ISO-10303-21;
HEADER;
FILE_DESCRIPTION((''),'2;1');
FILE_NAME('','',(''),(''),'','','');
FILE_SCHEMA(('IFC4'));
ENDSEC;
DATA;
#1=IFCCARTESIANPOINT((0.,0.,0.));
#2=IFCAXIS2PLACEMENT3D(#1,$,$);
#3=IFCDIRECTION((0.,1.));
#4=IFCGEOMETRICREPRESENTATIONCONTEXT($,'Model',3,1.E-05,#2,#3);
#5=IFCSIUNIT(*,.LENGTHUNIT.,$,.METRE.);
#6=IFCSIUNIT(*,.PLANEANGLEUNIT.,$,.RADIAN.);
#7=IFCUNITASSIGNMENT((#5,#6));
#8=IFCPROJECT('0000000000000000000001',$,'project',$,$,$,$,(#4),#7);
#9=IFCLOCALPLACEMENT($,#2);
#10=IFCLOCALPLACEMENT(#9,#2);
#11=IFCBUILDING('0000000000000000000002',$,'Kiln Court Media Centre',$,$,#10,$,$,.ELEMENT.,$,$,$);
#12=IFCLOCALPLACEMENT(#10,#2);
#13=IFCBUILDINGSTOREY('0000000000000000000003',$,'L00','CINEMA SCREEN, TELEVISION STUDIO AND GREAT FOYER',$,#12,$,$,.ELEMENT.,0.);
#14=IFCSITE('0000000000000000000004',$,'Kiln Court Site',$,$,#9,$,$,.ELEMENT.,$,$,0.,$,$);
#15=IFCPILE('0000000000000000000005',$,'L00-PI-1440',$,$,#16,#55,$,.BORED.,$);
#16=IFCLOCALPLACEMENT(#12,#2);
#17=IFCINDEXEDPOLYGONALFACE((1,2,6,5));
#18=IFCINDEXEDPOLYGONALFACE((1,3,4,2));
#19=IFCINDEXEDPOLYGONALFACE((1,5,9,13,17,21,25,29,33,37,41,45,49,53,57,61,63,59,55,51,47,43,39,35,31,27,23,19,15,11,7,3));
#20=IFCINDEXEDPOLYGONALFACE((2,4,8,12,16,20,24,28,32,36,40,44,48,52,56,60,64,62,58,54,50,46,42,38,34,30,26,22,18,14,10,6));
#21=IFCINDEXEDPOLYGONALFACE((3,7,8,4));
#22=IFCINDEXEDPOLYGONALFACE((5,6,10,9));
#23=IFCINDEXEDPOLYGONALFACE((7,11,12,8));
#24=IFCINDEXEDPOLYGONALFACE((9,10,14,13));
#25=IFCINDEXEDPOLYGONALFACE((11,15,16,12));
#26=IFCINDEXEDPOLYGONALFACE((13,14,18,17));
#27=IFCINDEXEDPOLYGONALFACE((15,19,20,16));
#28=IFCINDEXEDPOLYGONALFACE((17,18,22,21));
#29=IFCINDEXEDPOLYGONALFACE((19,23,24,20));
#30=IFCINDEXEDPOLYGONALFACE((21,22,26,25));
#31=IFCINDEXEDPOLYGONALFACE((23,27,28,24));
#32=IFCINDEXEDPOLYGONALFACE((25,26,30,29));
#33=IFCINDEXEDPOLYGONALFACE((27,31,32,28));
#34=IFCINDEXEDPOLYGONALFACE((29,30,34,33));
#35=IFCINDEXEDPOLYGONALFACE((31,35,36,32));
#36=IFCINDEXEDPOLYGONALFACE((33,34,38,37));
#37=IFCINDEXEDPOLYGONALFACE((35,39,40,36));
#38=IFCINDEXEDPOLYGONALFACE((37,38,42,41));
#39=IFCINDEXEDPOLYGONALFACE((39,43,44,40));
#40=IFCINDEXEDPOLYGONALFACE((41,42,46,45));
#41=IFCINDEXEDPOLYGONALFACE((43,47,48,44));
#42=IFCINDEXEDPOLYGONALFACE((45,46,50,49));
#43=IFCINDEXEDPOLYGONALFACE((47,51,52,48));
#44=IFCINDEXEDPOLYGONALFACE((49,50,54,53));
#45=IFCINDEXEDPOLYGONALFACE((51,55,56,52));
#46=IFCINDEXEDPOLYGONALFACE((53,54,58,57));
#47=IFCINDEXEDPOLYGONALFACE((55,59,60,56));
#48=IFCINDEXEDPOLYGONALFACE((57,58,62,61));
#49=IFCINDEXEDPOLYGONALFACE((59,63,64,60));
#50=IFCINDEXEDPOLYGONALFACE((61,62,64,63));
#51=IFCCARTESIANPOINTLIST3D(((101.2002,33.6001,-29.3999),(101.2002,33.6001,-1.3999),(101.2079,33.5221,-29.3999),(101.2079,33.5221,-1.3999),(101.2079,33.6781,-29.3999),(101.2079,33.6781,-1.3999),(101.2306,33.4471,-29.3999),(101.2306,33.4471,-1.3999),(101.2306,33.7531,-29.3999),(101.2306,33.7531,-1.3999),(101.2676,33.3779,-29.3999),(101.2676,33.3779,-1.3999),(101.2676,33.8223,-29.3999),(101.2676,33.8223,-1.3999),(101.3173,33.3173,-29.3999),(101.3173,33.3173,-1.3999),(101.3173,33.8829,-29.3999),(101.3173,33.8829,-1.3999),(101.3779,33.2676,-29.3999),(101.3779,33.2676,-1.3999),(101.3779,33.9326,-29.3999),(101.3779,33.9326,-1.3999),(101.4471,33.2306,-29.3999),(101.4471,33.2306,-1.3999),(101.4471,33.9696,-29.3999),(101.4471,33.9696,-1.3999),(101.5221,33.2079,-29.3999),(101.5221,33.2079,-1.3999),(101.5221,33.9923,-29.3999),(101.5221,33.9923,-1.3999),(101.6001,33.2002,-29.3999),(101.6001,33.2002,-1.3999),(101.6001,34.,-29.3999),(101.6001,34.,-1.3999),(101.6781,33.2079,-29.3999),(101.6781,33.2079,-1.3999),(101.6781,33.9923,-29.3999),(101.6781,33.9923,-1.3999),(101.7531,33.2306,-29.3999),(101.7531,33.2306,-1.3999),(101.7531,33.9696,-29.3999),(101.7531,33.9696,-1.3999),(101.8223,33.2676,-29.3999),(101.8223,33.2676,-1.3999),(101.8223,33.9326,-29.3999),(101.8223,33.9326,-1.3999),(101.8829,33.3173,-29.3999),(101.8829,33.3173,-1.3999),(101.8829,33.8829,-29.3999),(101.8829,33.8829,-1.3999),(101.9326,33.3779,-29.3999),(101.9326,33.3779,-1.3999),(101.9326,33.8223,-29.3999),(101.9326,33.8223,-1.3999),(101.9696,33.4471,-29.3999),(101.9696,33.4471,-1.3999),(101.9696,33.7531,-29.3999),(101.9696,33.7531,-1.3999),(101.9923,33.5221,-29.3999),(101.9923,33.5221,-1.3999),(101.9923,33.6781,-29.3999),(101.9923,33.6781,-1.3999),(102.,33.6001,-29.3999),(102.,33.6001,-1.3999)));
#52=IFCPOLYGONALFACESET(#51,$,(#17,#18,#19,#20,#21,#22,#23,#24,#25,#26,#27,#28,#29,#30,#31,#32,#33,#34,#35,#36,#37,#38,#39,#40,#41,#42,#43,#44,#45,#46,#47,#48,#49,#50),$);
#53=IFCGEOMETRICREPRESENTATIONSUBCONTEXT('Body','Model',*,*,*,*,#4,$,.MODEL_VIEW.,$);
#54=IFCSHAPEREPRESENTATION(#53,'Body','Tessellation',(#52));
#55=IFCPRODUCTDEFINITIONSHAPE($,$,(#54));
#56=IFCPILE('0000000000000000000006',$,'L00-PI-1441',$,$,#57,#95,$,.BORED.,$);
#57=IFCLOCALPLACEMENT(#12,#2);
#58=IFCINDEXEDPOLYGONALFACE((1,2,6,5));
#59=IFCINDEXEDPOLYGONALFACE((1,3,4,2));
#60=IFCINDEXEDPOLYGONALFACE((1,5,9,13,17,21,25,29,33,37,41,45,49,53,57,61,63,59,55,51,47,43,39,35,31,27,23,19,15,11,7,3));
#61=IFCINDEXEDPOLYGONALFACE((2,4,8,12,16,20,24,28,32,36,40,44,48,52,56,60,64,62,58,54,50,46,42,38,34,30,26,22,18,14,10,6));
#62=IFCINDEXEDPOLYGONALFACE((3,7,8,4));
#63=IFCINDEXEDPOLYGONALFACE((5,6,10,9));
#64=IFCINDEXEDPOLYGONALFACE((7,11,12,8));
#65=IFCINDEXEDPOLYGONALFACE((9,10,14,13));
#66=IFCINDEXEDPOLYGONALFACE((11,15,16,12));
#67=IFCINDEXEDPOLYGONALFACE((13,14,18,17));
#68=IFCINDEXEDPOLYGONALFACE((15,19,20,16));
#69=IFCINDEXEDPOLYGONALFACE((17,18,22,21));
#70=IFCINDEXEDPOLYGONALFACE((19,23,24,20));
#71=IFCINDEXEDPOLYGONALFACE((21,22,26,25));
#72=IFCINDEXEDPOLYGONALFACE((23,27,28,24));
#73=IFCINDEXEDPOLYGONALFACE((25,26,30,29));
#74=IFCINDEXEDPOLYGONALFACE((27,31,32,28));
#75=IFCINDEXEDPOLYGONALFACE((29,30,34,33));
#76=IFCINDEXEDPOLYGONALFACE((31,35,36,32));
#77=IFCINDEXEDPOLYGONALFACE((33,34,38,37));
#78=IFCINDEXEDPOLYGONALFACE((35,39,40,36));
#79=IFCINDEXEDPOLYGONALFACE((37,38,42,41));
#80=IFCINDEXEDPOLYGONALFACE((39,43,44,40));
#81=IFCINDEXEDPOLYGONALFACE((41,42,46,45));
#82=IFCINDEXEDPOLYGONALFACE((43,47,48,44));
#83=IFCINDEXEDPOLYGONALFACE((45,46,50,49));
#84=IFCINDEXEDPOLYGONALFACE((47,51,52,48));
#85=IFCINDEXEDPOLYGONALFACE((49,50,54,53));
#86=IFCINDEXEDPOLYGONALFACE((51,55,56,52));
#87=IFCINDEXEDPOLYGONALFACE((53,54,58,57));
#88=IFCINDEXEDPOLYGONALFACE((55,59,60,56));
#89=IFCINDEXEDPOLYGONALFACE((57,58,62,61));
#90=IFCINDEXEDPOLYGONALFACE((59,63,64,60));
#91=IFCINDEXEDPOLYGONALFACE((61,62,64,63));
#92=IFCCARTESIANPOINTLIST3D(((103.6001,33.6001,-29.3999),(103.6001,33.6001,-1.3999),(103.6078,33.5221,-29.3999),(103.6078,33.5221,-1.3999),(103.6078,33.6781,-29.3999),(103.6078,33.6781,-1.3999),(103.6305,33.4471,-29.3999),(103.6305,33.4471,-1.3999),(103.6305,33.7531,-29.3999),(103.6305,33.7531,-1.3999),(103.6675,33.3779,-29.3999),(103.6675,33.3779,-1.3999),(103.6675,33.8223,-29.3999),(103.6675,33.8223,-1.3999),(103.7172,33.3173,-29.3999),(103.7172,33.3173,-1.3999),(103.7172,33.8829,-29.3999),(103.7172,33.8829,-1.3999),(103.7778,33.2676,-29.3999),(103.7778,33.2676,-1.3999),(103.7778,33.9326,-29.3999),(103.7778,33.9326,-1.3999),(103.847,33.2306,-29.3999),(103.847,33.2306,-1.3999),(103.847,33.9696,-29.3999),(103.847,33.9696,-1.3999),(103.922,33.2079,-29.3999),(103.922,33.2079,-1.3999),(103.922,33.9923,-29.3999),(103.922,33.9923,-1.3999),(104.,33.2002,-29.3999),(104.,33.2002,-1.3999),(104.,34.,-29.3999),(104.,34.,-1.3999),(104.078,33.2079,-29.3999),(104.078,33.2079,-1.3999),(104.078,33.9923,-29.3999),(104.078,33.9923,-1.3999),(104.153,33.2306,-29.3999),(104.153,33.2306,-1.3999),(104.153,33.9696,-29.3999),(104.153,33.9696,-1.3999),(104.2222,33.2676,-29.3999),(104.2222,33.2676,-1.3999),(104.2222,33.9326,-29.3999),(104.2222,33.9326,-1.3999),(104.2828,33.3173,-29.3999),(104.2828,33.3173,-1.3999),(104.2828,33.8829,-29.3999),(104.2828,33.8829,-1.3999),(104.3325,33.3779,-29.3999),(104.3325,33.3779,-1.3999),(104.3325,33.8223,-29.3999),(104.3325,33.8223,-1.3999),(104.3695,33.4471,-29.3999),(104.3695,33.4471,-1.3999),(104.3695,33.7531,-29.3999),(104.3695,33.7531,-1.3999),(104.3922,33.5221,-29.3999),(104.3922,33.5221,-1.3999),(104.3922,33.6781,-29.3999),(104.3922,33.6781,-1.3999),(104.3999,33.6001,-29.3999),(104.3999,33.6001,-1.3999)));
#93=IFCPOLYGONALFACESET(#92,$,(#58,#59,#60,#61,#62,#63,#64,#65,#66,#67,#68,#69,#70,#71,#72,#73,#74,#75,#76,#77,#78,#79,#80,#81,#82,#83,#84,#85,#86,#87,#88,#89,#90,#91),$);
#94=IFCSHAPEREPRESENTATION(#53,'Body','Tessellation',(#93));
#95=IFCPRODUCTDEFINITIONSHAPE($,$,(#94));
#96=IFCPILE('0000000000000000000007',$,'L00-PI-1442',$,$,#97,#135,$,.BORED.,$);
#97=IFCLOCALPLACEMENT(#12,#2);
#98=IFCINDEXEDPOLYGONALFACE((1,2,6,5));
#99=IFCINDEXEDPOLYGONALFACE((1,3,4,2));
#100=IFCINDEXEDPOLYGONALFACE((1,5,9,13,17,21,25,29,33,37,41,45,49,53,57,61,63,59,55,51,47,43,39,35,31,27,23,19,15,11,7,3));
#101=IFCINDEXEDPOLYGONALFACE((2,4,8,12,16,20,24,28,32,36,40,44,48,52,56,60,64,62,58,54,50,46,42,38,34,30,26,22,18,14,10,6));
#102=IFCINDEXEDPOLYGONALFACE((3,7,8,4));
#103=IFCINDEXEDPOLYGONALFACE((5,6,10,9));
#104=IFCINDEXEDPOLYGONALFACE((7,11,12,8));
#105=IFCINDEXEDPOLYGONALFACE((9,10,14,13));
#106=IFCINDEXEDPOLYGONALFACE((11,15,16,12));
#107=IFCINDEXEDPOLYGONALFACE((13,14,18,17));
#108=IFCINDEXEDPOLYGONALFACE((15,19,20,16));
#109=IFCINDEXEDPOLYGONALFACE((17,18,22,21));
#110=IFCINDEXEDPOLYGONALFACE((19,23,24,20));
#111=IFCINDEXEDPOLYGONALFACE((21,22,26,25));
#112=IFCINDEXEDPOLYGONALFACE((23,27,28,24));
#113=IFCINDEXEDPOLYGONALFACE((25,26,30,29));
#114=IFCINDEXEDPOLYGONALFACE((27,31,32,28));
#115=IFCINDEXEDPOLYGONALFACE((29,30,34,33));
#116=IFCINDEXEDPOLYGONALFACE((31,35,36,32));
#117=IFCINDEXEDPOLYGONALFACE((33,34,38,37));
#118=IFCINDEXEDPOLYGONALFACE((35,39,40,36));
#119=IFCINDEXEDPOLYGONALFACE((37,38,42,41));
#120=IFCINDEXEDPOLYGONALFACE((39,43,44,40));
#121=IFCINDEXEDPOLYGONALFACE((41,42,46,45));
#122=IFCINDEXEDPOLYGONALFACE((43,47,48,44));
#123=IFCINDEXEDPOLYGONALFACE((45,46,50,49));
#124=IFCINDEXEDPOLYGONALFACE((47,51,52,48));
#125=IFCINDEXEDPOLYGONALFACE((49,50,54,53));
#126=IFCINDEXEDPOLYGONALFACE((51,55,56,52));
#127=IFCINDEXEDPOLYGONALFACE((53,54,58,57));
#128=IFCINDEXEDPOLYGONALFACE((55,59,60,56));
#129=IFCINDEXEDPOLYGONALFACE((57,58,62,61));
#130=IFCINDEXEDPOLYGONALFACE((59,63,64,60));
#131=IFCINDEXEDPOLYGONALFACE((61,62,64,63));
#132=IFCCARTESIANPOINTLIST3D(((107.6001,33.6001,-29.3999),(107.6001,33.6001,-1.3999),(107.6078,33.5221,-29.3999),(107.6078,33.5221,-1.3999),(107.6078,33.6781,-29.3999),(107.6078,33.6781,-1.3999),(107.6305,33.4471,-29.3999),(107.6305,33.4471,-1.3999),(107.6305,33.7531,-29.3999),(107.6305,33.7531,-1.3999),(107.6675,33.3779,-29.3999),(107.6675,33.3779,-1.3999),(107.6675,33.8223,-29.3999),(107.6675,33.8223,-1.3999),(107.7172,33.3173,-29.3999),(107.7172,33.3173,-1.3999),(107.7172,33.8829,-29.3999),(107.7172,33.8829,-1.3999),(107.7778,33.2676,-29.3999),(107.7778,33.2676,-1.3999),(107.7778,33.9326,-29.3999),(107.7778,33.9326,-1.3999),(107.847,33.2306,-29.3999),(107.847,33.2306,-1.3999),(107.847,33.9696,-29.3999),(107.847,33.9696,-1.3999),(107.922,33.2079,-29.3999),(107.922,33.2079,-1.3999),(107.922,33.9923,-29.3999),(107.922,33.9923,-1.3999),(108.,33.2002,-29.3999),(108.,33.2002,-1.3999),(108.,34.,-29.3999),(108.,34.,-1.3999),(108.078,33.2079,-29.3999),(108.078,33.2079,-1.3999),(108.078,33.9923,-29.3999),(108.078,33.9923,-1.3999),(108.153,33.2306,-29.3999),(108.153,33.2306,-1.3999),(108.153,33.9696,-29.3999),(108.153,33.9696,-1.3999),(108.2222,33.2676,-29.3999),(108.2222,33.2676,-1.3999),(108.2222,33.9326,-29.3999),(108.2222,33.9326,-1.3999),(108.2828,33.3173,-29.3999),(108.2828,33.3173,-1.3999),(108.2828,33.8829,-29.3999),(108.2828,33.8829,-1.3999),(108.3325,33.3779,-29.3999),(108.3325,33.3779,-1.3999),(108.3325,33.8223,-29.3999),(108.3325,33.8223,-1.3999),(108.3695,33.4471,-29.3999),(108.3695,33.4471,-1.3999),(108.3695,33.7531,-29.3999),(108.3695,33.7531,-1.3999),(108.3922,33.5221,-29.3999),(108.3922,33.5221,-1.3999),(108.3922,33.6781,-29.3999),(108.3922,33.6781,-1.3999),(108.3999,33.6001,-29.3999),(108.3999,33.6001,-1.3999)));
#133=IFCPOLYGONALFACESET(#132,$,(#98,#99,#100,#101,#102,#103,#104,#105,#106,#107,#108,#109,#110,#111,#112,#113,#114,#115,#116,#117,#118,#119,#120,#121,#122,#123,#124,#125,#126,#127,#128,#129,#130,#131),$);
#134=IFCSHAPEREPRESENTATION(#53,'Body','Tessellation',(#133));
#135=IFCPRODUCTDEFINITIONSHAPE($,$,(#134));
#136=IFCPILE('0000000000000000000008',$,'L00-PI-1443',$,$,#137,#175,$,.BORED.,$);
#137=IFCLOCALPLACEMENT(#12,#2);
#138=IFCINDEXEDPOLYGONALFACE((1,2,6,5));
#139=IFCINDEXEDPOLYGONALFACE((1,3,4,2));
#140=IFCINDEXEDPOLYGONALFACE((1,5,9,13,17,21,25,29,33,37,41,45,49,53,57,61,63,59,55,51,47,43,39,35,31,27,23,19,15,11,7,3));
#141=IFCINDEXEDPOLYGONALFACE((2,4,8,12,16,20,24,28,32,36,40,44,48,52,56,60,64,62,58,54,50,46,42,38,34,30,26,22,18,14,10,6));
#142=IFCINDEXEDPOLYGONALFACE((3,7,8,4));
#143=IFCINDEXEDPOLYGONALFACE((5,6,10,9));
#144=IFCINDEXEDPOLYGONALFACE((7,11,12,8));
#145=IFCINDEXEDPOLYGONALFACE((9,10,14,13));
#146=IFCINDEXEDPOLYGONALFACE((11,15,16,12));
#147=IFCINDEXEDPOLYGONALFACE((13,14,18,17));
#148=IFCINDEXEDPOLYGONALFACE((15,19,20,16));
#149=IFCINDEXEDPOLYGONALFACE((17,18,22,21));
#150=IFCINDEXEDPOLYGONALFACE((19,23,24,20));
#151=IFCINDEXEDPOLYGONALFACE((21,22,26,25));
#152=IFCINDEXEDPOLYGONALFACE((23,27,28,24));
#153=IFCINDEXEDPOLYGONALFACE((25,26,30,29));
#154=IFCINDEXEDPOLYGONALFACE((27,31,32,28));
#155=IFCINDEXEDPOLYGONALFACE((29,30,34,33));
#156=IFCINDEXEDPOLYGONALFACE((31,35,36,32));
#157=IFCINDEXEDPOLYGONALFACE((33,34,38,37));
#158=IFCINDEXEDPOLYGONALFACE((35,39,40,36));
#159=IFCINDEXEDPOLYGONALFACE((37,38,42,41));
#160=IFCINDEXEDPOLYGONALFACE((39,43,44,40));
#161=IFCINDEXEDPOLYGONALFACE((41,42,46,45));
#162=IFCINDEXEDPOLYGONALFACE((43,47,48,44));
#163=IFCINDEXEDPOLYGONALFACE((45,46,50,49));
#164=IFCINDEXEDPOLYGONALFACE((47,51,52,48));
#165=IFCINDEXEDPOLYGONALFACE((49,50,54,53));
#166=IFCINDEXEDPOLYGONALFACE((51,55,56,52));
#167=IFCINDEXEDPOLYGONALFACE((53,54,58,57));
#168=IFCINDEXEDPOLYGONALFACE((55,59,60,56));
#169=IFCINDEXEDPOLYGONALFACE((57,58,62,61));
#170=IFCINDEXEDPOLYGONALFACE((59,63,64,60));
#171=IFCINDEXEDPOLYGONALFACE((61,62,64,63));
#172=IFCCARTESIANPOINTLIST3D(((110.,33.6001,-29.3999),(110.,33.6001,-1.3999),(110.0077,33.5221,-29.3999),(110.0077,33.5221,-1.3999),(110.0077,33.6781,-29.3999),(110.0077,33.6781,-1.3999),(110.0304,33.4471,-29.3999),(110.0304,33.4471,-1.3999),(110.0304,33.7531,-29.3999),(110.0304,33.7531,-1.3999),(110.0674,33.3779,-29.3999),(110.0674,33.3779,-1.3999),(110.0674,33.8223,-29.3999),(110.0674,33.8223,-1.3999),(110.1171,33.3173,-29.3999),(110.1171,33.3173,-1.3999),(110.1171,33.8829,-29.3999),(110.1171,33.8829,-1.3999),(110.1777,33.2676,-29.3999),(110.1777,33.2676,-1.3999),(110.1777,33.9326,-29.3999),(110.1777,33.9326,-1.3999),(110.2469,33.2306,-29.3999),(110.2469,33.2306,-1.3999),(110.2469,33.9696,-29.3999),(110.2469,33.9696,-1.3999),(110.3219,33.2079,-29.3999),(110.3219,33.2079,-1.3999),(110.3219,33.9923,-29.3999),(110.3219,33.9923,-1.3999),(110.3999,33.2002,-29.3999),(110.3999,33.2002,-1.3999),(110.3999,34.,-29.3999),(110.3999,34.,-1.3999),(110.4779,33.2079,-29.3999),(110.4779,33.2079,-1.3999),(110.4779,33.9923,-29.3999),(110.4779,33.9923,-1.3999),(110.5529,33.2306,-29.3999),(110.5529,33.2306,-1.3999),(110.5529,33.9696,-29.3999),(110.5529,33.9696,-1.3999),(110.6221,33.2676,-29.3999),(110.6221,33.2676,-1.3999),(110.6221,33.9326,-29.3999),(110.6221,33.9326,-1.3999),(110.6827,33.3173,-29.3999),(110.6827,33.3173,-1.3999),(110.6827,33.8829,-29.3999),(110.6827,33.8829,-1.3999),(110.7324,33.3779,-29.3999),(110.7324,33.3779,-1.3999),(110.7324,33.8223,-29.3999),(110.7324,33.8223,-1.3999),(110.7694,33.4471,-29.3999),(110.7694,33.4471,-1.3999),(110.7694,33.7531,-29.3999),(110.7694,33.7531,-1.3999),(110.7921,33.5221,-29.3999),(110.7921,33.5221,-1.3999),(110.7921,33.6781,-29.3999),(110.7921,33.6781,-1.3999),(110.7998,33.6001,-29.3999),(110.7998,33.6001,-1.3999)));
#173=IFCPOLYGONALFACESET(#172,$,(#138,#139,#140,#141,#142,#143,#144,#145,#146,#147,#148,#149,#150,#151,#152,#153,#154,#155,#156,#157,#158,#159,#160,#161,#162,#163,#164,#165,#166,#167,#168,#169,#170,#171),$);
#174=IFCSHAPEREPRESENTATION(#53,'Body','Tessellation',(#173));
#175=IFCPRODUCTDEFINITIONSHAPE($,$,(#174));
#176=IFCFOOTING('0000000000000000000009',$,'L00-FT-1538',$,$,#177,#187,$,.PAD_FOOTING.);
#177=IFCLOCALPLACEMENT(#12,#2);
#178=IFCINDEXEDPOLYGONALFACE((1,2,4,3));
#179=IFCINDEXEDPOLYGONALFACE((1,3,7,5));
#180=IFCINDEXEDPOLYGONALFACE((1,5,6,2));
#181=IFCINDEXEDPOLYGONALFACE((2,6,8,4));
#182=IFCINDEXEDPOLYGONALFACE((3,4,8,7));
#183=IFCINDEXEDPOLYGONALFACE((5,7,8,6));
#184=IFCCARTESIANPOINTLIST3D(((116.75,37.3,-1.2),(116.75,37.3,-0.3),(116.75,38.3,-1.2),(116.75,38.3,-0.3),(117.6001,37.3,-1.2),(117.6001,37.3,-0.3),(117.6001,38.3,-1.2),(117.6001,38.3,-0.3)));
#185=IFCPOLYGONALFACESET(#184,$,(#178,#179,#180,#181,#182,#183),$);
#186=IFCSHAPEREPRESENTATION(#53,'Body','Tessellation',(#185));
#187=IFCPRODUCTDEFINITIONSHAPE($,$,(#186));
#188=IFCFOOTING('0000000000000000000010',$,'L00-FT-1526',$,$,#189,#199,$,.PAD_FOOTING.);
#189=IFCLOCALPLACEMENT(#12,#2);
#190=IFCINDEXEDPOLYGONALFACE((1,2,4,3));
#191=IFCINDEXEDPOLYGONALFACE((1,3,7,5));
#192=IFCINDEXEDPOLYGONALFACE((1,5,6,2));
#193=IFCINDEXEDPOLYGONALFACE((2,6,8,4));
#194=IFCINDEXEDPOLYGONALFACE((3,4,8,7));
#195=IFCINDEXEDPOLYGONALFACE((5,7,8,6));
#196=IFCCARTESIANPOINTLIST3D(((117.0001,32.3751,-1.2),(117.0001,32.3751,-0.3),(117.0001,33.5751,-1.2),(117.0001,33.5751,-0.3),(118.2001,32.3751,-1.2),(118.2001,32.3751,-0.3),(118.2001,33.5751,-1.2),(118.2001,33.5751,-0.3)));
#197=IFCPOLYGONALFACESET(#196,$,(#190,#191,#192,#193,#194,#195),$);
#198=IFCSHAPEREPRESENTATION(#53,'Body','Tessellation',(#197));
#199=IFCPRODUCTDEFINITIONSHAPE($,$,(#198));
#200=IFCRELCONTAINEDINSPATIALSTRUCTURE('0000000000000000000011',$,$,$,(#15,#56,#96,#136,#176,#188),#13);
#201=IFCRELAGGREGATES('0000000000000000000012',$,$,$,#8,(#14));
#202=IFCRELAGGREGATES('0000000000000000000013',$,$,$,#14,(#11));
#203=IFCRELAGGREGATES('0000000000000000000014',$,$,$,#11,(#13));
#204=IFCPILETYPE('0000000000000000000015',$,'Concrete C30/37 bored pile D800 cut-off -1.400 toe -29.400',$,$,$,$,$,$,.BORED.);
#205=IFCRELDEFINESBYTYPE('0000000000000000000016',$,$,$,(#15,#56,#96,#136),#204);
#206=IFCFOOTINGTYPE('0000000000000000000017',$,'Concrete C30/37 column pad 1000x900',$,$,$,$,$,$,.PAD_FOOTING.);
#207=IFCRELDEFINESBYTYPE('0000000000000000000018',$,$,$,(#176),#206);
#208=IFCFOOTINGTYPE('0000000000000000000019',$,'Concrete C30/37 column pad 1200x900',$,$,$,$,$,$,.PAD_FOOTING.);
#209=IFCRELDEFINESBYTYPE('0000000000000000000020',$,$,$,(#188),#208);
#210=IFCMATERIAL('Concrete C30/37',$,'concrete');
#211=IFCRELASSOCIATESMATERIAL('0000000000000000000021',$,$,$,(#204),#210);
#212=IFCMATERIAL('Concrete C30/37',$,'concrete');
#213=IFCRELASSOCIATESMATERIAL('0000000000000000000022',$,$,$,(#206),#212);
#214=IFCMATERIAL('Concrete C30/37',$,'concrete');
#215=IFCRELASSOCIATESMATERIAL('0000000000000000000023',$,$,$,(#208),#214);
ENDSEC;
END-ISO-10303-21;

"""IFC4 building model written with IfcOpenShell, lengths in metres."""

from ifc_helpers import new_model, si_unit, direction, frame, origin, origin_2d, place, context, subcontext, project, spatial, rectangle, circle, extrude, material, material_profile, profile_set, type_object, element, save


model = new_model("IFC4")

# Units and contexts
model_context = context("Model", 3, precision=1e-05, world=origin(), true_north=direction((0.0, 1.0)))
body_context = subcontext(model_context, "Body", "Model", "MODEL_VIEW")
ifc_project = project(units=[si_unit("LENGTHUNIT", "METRE"), si_unit("PLANEANGLEUNIT", "RADIAN")], contexts=[model_context])

# Site, building, storey
site_placement = place(None, origin())
site = spatial("IfcSite", under=ifc_project, at=site_placement, Name="Kiln Court Site", CompositionType="ELEMENT", RefElevation=0.0)
building_placement = place(site_placement, origin())
building = spatial("IfcBuilding", under=site, at=building_placement, Name="Kiln Court Media Centre", CompositionType="ELEMENT")
storey_placement = place(building_placement, origin())
storey = spatial("IfcBuildingStorey", under=building, at=storey_placement, Name="L00", Description="CINEMA SCREEN, TELEVISION STUDIO AND GREAT FOYER", CompositionType="ELEMENT", Elevation=0.0)

# Piles
ifc_material_1 = material(Name="Concrete C30/37", Category="concrete")
ifc_material_profile_1 = material_profile(ifc_material_1, circle(Radius=0.3999, at=origin_2d()), Name="PILE D800")
ifc_profile_set_1 = profile_set([ifc_material_profile_1], Name="Concrete C30/37")
pile_type = type_object("IfcPileType", Name="Concrete C30/37 bored pile D800 cut-off -1.400 toe -29.400", PredefinedType="BORED", material=ifc_profile_set_1)
for number, where, z_axis, x_axis, name in (
    (1, (101.6001, 33.6001, -1.3999), (0.0, 0.0, -1.0), (1.0, 0.0, 0.0), "L00-PI-1440"),
    (2, (104.0, 33.6001, -1.3999), (0.0, 0.0, -1.0), (1.0, 0.0, 0.0), "L00-PI-1441"),
    (3, (108.0, 33.6001, -1.3999), (0.0, 0.0, -1.0), (1.0, 0.0, 0.0), "L00-PI-1442"),
    (4, (110.3999, 33.6001, -1.3999), (0.0, 0.0, -1.0), (1.0, 0.0, 0.0), "L00-PI-1443"),
):
    element("IfcPile", number, at=place(storey_placement, frame(where, z_axis=z_axis, x_axis=x_axis)), inside=storey, type_object=pile_type, Name=name, PredefinedType="BORED", context=body_context, shape_type="SweptSolid", body=[
        extrude(circle(Radius=0.3999, at=origin_2d()), origin(), (0.0, 0.0, 1.0), 28.0),
    ])

# Footings
ifc_material_2 = material(Name="Concrete C30/37", Category="concrete")
footing_type_1 = type_object("IfcFootingType", Name="Concrete C30/37 column pad 1000x900", PredefinedType="PAD_FOOTING", material=ifc_material_2)
footing_1_placement = place(storey_placement, frame((117.175, 37.8, -1.2), z_axis=(0.0, 0.0, 1.0), x_axis=(1.0, 0.0, 0.0)))
element("IfcFooting", 5, at=footing_1_placement, inside=storey, type_object=footing_type_1, Name="L00-FT-1538", PredefinedType="PAD_FOOTING", context=body_context, shape_type="SweptSolid", body=[
    extrude(rectangle(XDim=0.8501, YDim=1.0, at=origin_2d()), origin(), (0.0, 0.0, 1.0), 0.8999),
])
ifc_material_3 = material(Name="Concrete C30/37", Category="concrete")
footing_type_2 = type_object("IfcFootingType", Name="Concrete C30/37 column pad 1200x900", PredefinedType="PAD_FOOTING", material=ifc_material_3)
footing_2_placement = place(storey_placement, frame((117.6001, 32.9751, -1.2), z_axis=(0.0, 0.0, 1.0), x_axis=(1.0, 0.0, 0.0)))
element("IfcFooting", 6, at=footing_2_placement, inside=storey, type_object=footing_type_2, Name="L00-FT-1526", PredefinedType="PAD_FOOTING", context=body_context, shape_type="SweptSolid", body=[
    extrude(rectangle(XDim=1.2, YDim=1.2, at=origin_2d()), origin(), (0.0, 0.0, 1.0), 0.8999),
])

save(model, "model.ifc")
